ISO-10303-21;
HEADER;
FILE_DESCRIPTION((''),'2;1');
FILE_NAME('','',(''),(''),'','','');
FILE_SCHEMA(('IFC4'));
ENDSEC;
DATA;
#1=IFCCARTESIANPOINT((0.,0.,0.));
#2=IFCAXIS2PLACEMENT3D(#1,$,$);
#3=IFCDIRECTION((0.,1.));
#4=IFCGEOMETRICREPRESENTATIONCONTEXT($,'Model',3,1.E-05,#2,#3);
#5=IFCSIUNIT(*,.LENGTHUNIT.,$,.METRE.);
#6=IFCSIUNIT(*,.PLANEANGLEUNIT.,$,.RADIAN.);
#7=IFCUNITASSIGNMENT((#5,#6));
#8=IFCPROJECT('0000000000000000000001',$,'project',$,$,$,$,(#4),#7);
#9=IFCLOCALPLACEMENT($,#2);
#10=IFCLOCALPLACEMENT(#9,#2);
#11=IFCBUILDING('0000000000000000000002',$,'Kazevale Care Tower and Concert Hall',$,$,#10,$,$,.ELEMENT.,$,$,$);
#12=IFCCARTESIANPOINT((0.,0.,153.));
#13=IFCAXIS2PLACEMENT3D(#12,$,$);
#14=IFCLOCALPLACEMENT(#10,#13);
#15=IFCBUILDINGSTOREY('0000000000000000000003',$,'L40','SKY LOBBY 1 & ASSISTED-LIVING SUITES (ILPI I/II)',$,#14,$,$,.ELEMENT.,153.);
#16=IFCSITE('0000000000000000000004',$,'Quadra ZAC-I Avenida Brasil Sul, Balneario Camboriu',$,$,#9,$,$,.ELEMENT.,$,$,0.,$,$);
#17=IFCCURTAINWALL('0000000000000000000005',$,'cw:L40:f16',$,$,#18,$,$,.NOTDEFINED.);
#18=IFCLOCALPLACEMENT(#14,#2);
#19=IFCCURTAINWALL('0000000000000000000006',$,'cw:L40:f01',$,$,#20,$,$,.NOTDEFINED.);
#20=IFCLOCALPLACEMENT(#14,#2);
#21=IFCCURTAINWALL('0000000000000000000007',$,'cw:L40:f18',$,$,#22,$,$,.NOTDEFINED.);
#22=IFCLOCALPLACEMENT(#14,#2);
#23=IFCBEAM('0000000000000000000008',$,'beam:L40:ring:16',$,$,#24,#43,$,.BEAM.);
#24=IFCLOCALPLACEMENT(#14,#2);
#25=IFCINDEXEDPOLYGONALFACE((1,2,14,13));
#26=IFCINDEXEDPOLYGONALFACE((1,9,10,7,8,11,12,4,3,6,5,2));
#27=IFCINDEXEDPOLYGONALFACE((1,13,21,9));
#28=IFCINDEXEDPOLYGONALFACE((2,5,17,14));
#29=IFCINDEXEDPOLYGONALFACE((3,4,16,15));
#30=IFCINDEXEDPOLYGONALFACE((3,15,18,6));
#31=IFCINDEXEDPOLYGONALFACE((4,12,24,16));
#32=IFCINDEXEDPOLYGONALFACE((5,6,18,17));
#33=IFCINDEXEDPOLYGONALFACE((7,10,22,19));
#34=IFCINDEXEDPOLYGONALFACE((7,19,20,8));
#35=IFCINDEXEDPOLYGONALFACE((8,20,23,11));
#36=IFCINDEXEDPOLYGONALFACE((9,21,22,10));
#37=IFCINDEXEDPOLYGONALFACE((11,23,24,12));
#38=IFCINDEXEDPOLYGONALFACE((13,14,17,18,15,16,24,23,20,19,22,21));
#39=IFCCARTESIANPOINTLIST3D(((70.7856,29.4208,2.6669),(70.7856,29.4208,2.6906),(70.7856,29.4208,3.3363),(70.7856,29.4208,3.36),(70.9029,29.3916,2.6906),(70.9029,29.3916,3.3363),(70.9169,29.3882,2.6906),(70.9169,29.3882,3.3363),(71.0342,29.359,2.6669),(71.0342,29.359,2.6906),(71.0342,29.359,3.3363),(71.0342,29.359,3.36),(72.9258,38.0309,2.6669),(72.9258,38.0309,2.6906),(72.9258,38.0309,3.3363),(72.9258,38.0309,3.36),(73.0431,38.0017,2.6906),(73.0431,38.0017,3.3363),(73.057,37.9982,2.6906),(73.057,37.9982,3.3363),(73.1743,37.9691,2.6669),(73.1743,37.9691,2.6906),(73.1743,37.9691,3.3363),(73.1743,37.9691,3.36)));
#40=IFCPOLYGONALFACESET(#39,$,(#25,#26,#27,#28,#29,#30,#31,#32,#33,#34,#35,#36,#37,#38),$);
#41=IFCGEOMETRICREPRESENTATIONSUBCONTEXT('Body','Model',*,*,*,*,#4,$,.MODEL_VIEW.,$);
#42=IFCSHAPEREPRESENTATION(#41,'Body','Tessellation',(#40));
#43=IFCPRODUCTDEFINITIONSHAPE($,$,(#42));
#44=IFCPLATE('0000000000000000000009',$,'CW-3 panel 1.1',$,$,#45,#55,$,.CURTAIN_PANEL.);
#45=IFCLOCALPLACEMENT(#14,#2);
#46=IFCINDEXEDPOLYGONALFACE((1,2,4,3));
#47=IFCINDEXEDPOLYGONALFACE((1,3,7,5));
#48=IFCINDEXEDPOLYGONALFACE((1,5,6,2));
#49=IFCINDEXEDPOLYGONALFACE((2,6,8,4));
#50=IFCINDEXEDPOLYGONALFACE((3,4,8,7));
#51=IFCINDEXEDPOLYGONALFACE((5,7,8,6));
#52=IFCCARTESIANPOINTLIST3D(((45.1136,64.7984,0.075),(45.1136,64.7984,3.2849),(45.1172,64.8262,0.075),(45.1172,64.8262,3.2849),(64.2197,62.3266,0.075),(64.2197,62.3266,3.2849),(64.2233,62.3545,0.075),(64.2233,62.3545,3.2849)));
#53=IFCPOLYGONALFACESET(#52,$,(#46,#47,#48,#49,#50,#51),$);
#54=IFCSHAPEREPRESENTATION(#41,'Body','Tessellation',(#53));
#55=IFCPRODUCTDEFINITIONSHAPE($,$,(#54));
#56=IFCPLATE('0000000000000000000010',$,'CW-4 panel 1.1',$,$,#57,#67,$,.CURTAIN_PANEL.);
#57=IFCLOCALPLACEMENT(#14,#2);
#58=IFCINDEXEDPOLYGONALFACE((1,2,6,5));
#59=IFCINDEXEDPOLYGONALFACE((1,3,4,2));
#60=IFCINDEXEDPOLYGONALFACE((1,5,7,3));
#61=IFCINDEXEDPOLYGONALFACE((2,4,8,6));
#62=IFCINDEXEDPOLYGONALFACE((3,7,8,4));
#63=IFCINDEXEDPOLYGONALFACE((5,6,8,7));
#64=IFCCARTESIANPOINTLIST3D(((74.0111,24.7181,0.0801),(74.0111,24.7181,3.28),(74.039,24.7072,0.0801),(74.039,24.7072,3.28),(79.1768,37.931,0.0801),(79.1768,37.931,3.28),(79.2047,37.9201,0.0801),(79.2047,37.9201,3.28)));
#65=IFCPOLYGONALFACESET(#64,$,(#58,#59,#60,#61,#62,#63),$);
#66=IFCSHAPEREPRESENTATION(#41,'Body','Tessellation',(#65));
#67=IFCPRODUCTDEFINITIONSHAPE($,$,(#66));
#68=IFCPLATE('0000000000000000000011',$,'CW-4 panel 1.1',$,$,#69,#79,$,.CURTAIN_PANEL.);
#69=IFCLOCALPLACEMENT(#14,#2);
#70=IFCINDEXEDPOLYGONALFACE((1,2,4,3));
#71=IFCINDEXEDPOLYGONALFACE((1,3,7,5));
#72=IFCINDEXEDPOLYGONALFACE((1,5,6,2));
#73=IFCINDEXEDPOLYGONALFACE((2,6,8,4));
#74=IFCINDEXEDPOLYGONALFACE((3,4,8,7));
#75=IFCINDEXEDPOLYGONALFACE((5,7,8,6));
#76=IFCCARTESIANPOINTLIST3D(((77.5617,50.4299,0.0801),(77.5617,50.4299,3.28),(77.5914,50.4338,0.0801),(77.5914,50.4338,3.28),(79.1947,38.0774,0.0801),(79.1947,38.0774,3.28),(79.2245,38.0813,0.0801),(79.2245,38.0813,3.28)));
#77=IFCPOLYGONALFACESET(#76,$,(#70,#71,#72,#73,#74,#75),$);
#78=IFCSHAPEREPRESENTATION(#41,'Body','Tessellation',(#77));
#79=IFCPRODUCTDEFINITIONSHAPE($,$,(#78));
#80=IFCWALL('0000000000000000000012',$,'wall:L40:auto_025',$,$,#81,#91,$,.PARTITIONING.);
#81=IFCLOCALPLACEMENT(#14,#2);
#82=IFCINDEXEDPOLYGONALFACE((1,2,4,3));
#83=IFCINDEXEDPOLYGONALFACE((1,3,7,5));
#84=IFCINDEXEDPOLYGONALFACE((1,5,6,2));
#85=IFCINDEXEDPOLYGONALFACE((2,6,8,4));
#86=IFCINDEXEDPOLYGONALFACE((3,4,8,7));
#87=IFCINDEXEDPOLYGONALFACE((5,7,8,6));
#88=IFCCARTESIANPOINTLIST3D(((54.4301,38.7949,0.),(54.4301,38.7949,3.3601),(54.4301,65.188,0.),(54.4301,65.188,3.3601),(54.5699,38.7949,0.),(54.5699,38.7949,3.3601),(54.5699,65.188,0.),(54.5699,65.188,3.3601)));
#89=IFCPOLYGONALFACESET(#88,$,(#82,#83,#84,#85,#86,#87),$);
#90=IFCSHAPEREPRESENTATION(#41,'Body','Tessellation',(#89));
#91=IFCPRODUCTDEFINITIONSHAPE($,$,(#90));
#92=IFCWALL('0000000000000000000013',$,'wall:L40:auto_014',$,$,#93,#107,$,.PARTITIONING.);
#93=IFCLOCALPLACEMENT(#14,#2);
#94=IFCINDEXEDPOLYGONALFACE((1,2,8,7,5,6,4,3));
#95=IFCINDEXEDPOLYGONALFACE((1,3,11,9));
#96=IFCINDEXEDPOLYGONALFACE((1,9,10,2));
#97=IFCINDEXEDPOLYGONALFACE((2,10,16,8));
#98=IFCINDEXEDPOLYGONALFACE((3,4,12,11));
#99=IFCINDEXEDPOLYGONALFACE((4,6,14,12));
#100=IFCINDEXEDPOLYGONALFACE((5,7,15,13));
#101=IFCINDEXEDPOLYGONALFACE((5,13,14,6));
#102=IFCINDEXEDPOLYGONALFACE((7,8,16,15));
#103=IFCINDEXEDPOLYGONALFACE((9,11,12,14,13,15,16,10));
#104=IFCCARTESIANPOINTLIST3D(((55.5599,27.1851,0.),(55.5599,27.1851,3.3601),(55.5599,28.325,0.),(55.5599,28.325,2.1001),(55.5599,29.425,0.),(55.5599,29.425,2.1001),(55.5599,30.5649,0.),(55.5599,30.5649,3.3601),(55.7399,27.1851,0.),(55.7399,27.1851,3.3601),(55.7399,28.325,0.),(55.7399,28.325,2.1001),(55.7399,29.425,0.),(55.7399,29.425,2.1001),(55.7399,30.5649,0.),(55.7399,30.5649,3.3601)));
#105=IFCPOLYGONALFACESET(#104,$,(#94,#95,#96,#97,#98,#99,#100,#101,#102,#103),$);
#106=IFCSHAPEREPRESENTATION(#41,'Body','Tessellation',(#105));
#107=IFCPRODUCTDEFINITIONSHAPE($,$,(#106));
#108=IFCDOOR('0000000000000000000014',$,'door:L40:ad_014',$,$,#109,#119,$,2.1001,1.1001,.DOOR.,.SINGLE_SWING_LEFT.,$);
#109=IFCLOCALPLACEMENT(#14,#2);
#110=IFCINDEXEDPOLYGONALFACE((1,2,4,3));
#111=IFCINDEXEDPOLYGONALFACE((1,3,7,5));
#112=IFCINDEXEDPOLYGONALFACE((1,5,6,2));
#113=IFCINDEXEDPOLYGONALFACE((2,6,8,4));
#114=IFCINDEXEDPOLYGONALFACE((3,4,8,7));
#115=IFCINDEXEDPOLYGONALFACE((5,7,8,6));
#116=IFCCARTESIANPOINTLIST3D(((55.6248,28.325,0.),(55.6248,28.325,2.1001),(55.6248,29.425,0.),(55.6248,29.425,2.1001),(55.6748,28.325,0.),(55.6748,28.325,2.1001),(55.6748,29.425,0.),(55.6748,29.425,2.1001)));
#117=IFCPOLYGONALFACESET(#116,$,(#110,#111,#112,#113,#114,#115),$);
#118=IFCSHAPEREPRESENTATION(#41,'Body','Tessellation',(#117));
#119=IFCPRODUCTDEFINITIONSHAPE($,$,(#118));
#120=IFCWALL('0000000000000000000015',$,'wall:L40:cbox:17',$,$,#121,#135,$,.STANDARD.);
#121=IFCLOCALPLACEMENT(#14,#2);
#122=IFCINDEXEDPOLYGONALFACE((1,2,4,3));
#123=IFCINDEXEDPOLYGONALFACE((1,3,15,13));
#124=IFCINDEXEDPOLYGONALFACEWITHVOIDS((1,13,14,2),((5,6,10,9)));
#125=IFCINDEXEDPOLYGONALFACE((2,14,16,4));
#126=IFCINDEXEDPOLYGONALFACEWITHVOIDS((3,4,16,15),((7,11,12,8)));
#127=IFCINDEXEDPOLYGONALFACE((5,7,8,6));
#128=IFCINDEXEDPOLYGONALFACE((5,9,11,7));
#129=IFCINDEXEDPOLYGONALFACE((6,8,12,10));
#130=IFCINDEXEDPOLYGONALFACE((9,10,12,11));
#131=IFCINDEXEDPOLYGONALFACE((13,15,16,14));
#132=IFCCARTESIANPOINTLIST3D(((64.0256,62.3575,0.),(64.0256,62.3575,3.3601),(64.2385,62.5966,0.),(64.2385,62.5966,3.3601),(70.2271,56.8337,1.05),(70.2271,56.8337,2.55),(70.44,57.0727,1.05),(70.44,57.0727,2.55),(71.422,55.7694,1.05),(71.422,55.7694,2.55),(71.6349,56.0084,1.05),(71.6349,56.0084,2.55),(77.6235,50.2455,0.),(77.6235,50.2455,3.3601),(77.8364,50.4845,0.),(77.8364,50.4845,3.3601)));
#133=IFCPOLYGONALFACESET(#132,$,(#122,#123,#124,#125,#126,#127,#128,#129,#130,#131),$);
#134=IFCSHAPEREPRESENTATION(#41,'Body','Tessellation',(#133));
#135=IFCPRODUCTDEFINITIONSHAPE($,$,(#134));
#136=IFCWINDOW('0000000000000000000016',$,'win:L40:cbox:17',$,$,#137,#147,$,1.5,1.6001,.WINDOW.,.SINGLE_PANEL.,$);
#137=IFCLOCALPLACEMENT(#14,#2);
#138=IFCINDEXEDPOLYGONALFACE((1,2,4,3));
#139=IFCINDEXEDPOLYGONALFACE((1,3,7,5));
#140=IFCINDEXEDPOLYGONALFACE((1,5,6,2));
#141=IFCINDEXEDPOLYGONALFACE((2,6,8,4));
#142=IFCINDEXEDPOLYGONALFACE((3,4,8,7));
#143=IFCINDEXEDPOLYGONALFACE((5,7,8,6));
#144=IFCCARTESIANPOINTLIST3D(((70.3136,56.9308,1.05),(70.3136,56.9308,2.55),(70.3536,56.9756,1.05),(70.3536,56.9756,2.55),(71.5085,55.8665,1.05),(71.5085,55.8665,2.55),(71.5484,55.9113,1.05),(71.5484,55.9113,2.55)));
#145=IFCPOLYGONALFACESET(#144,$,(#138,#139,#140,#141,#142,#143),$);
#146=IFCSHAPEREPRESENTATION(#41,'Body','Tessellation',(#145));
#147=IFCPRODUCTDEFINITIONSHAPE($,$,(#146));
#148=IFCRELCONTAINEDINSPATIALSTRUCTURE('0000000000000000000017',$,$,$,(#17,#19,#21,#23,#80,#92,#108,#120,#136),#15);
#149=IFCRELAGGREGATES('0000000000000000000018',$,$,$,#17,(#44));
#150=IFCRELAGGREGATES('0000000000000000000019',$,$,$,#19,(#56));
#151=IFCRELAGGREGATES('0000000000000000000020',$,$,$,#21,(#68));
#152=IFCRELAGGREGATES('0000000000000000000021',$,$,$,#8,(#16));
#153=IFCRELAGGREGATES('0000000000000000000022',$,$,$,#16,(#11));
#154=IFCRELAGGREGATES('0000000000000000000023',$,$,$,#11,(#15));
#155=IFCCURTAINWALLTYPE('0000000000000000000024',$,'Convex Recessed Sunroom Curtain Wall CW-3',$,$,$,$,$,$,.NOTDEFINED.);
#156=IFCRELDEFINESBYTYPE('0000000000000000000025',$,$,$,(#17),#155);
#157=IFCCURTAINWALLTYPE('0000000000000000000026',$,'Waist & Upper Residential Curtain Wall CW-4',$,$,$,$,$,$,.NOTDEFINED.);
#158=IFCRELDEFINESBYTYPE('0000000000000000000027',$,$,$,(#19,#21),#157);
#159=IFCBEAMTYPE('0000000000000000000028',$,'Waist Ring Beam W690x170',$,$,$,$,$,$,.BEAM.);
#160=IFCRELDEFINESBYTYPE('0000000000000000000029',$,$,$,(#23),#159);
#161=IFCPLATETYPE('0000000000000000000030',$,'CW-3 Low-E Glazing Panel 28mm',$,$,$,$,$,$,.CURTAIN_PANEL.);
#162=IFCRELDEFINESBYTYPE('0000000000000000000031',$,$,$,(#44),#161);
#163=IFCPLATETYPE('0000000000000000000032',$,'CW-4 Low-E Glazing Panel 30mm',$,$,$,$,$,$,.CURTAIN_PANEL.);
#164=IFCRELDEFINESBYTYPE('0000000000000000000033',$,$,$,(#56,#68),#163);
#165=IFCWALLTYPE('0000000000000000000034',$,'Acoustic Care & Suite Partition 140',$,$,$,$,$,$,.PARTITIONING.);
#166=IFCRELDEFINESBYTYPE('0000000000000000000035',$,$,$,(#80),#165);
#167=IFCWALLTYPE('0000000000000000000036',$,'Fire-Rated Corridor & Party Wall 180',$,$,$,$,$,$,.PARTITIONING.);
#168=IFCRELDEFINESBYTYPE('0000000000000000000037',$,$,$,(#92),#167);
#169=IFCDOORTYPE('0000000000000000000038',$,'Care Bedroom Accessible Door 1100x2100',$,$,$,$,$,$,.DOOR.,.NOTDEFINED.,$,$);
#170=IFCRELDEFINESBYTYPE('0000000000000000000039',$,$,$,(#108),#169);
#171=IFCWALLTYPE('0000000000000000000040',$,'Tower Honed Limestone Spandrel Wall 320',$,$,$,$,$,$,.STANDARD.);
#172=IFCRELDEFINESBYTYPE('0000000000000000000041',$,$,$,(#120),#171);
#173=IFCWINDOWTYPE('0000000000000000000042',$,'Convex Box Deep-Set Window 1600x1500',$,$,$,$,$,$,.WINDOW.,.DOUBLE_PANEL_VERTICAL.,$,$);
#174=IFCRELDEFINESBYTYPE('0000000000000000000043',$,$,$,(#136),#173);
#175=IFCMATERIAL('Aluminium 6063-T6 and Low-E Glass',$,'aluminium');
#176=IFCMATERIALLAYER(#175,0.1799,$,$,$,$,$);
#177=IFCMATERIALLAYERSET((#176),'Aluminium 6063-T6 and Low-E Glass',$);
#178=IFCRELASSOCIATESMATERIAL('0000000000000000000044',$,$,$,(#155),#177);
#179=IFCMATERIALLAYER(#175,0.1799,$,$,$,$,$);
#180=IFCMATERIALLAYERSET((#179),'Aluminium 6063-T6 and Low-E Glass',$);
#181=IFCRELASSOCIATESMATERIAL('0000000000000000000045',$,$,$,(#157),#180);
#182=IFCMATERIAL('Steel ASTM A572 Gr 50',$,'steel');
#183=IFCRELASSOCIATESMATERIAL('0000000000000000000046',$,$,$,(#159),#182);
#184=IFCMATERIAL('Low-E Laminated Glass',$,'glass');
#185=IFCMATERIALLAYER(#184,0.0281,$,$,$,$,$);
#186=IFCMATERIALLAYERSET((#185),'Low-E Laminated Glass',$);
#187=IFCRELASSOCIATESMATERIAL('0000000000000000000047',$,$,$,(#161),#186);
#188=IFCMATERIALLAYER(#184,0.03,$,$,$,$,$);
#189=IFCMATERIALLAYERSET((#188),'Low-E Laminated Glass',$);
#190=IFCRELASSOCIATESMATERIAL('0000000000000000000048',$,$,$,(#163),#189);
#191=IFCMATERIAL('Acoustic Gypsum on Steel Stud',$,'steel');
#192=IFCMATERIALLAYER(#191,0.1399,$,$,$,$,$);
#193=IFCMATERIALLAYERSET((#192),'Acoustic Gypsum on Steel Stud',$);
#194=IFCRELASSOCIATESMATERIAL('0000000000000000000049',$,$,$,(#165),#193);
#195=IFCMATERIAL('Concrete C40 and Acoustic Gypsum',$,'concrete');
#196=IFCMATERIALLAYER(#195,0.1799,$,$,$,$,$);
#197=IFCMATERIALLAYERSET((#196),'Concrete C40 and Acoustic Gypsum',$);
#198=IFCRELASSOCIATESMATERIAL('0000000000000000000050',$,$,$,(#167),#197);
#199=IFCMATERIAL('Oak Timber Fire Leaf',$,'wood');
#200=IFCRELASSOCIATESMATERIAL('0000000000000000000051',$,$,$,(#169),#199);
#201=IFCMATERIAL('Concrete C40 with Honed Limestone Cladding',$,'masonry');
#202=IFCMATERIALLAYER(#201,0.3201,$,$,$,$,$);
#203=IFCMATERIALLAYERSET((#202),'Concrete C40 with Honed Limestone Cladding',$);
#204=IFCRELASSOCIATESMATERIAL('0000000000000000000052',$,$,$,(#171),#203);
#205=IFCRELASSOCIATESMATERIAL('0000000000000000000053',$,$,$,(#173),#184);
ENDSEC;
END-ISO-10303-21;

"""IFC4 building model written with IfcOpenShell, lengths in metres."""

from ifc_helpers import new_model, si_unit, direction, frame, frame_2d, origin, origin_2d, place, context, subcontext, project, spatial, rectangle, i_section, extrude, material, layer, layer_set, material_profile, profile_set, type_object, element, fill, aggregate, save


model = new_model("IFC4")

# Units and contexts
model_context = context("Model", 3, precision=1e-05, world=origin(), true_north=direction((0.0, 1.0)))
body_context = subcontext(model_context, "Body", "Model", "MODEL_VIEW")
ifc_project = project(units=[si_unit("LENGTHUNIT", "METRE"), si_unit("PLANEANGLEUNIT", "RADIAN")], contexts=[model_context])

# Site, building, storey
site_placement = place(None, origin())
site = spatial("IfcSite", under=ifc_project, at=site_placement, Name="Quadra ZAC-I Avenida Brasil Sul, Balneario Camboriu", CompositionType="ELEMENT", RefElevation=0.0)
building_placement = place(site_placement, origin())
building = spatial("IfcBuilding", under=site, at=building_placement, Name="Kazevale Care Tower and Concert Hall", CompositionType="ELEMENT")
storey_placement = place(building_placement, frame((0.0, 0.0, 153.0)))
storey = spatial("IfcBuildingStorey", under=building, at=storey_placement, Name="L40", Description="SKY LOBBY 1 & ASSISTED-LIVING SUITES (ILPI I/II)", CompositionType="ELEMENT", Elevation=153.0)

# Curtain walls
ifc_material_1 = material(Name="Aluminium 6063-T6 and Low-E Glass", Category="aluminium")
ifc_layer_1 = layer(ifc_material_1, 0.1799)
ifc_layer_set_1 = layer_set([ifc_layer_1], Name="Aluminium 6063-T6 and Low-E Glass")
curtain_wall_type_1 = type_object("IfcCurtainWallType", Name="Convex Recessed Sunroom Curtain Wall CW-3", PredefinedType="NOTDEFINED", material=ifc_layer_set_1)
curtain_wall_1_placement = place(storey_placement, origin())
curtain_wall_1 = element("IfcCurtainWall", 1, at=curtain_wall_1_placement, inside=storey, type_object=curtain_wall_type_1, Name="cw:L40:f16", PredefinedType="NOTDEFINED")
ifc_layer_2 = layer(ifc_material_1, 0.1799)
ifc_layer_set_2 = layer_set([ifc_layer_2], Name="Aluminium 6063-T6 and Low-E Glass")
curtain_wall_type_2 = type_object("IfcCurtainWallType", Name="Waist & Upper Residential Curtain Wall CW-4", PredefinedType="NOTDEFINED", material=ifc_layer_set_2)
curtain_wall_2_placement = place(storey_placement, origin())
curtain_wall_2 = element("IfcCurtainWall", 2, at=curtain_wall_2_placement, inside=storey, type_object=curtain_wall_type_2, Name="cw:L40:f01", PredefinedType="NOTDEFINED")

# Curtain wall
curtain_wall_3_placement = place(storey_placement, origin())
curtain_wall_3 = element("IfcCurtainWall", 3, at=curtain_wall_3_placement, inside=storey, type_object=curtain_wall_type_2, Name="cw:L40:f18", PredefinedType="NOTDEFINED")

# Beam
ifc_material_2 = material(Name="Steel ASTM A572 Gr 50", Category="steel")
ifc_material_profile_1 = material_profile(ifc_material_2, i_section(OverallWidth=0.2561, OverallDepth=0.6931, WebThickness=0.0144, FlangeThickness=0.0237, at=origin_2d()), Name="W690x170")
ifc_profile_set_1 = profile_set([ifc_material_profile_1], Name="Steel ASTM A572 Gr 50")
beam_type_1 = type_object("IfcBeamType", Name="Waist Ring Beam W690x170", PredefinedType="BEAM", material=ifc_profile_set_1)
beam_1_placement = place(storey_placement, frame((70.9099, 29.3899, 3.0134), z_axis=(0.241221, 0.97047, 0.0), x_axis=(-0.97047, 0.241221, 0.0)))
element("IfcBeam", 4, at=beam_1_placement, inside=storey, type_object=beam_type_1, Name="beam:L40:ring:16", PredefinedType="BEAM", context=body_context, shape_type="SweptSolid", body=[
    extrude(i_section(OverallWidth=0.2561, OverallDepth=0.6931, WebThickness=0.0144, FlangeThickness=0.0237, at=origin_2d()), origin(), (0.0, 0.0, 1.0), 8.8721),
])

# Plates
ifc_material_3 = material(Name="Low-E Laminated Glass", Category="glass")
ifc_layer_3 = layer(ifc_material_3, 0.0281)
ifc_layer_set_3 = layer_set([ifc_layer_3], Name="Low-E Laminated Glass")
plate_type_1 = type_object("IfcPlateType", Name="CW-3 Low-E Glazing Panel 28mm", PredefinedType="CURTAIN_PANEL", material=ifc_layer_set_3)
plate_1_placement = place(storey_placement, frame((54.6685, 63.5764, 0.075), z_axis=(0.0, 0.0, 1.0), x_axis=(0.991735, -0.1283, 0.0)))
plate_1 = element("IfcPlate", 5, at=plate_1_placement, type_object=plate_type_1, Name="CW-3 panel 1.1", PredefinedType="CURTAIN_PANEL", context=body_context, shape_type="SweptSolid", body=[
    extrude(rectangle(XDim=19.2654, YDim=0.0281, at=origin_2d()), origin(), (0.0, 0.0, 1.0), 3.21),
])
aggregate(curtain_wall_1, [plate_1])
ifc_layer_4 = layer(ifc_material_3, 0.03)
ifc_layer_set_4 = layer_set([ifc_layer_4], Name="Low-E Laminated Glass")
plate_type_2 = type_object("IfcPlateType", Name="CW-4 Low-E Glazing Panel 30mm", PredefinedType="CURTAIN_PANEL", material=ifc_layer_set_4)
plate_2_placement = place(storey_placement, frame((76.6079, 31.3191, 0.0801), z_axis=(0.0, 0.0, 1.0), x_axis=(-0.364121, -0.931352, 0.0)))
plate_2 = element("IfcPlate", 6, at=plate_2_placement, type_object=plate_type_2, Name="CW-4 panel 1.1", PredefinedType="CURTAIN_PANEL", context=body_context, shape_type="SweptSolid", body=[
    extrude(rectangle(XDim=14.1868, YDim=0.03, at=origin_2d()), origin(), (0.0, 0.0, 1.0), 3.2),
])
aggregate(curtain_wall_2, [plate_2])
plate_3_placement = place(storey_placement, frame((78.3931, 44.2556, 0.0801), z_axis=(0.0, 0.0, 1.0), x_axis=(0.131063, -0.991374, 0.0)))
plate_3 = element("IfcPlate", 7, at=plate_3_placement, type_object=plate_type_2, Name="CW-4 panel 1.1", PredefinedType="CURTAIN_PANEL", context=body_context, shape_type="SweptSolid", body=[
    extrude(rectangle(XDim=12.46, YDim=0.03, at=origin_2d()), origin(), (0.0, 0.0, 1.0), 3.2),
])
aggregate(curtain_wall_3, [plate_3])

# Wall
ifc_material_4 = material(Name="Acoustic Gypsum on Steel Stud", Category="steel")
ifc_layer_5 = layer(ifc_material_4, 0.1399)
ifc_layer_set_5 = layer_set([ifc_layer_5], Name="Acoustic Gypsum on Steel Stud")
wall_type_1 = type_object("IfcWallType", Name="Acoustic Care & Suite Partition 140", PredefinedType="PARTITIONING", material=ifc_layer_set_5)
wall_1_placement = place(storey_placement, frame((54.5, 65.188, 0.0), z_axis=(0.0, 0.0, 1.0), x_axis=(0.0, -1.0, 0.0)))
element("IfcWall", 8, at=wall_1_placement, inside=storey, type_object=wall_type_1, Name="wall:L40:auto_025", PredefinedType="PARTITIONING", context=body_context, shape_type="SweptSolid", body=[
    extrude(rectangle(XDim=26.3931, YDim=0.1399, at=frame_2d((13.1965, 0.0))), origin(), (0.0, 0.0, 1.0), 3.3601),
])

# Wall, opening, door
ifc_material_5 = material(Name="Concrete C40 and Acoustic Gypsum", Category="concrete")
ifc_layer_6 = layer(ifc_material_5, 0.1799)
ifc_layer_set_6 = layer_set([ifc_layer_6], Name="Concrete C40 and Acoustic Gypsum")
wall_type_2 = type_object("IfcWallType", Name="Fire-Rated Corridor & Party Wall 180", PredefinedType="PARTITIONING", material=ifc_layer_set_6)
wall_2_placement = place(storey_placement, frame((55.6499, 30.5649, 0.0), z_axis=(0.0, 0.0, 1.0), x_axis=(0.0, -1.0, 0.0)))
wall_2 = element("IfcWall", 9, at=wall_2_placement, inside=storey, type_object=wall_type_2, Name="wall:L40:auto_014", PredefinedType="PARTITIONING", context=body_context, shape_type="SweptSolid", body=[
    extrude(rectangle(XDim=3.3799, YDim=0.1799, at=frame_2d((1.6899, 0.0))), origin(), (0.0, 0.0, 1.0), 3.3601),
])
opening_1_placement = place(wall_2_placement, frame((1.1399, 0.0, 0.0)))
opening_1 = element("IfcOpeningElement", 10, at=opening_1_placement, cuts=wall_2, PredefinedType="OPENING", context=body_context, shape_type="SweptSolid", body=[
    extrude(rectangle(XDim=1.1001, YDim=2.1001, at=frame_2d((0.55, 1.05))), frame((0.0, 0.0999, 0.0), z_axis=(0.0, -1.0, 0.0), x_axis=(1.0, 0.0, 0.0)), (0.0, 0.0, 1.0), 0.2),
])
ifc_material_6 = material(Name="Oak Timber Fire Leaf", Category="wood")
door_type = type_object("IfcDoorType", Name="Care Bedroom Accessible Door 1100x2100", OperationType="NOTDEFINED", PredefinedType="DOOR", material=ifc_material_6)
door_placement = place(opening_1_placement, origin())
door = element("IfcDoor", 11, at=door_placement, inside=storey, type_object=door_type, Name="door:L40:ad_014", OperationType="SINGLE_SWING_LEFT", OverallHeight=2.1001, OverallWidth=1.1001, PredefinedType="DOOR", context=body_context, shape_type="SweptSolid", body=[
    extrude(rectangle(XDim=1.1001, YDim=2.1001, at=frame_2d((0.55, 1.05))), frame((0.0, 0.0249, 0.0), z_axis=(0.0, -1.0, 0.0), x_axis=(1.0, 0.0, 0.0)), (0.0, 0.0, 1.0), 0.05),
])
fill(opening_1, door)

# Wall, opening, window
ifc_material_7 = material(Name="Concrete C40 with Honed Limestone Cladding", Category="masonry")
ifc_layer_7 = layer(ifc_material_7, 0.3201)
ifc_layer_set_7 = layer_set([ifc_layer_7], Name="Concrete C40 with Honed Limestone Cladding")
wall_type_3 = type_object("IfcWallType", Name="Tower Honed Limestone Spandrel Wall 320", PredefinedType="STANDARD", material=ifc_layer_set_7)
wall_3_placement = place(storey_placement, frame((64.1321, 62.4771, 0.0), z_axis=(0.0, 0.0, 1.0), x_axis=(0.746726, -0.665132, 0.0)))
wall_3 = element("IfcWall", 12, at=wall_3_placement, inside=storey, type_object=wall_type_3, Name="wall:L40:cbox:17", PredefinedType="STANDARD", context=body_context, shape_type="SweptSolid", body=[
    extrude(rectangle(XDim=18.21, YDim=0.3201, at=frame_2d((9.105, 0.0))), origin(), (0.0, 0.0, 1.0), 3.3601),
])
opening_2_placement = place(wall_3_placement, frame((8.3049, 0.0, 1.05)))
opening_2 = element("IfcOpeningElement", 13, at=opening_2_placement, cuts=wall_3, PredefinedType="OPENING", context=body_context, shape_type="SweptSolid", body=[
    extrude(rectangle(XDim=1.6001, YDim=1.5, at=frame_2d((0.8, 0.75))), frame((0.0, 0.1699, 0.0), z_axis=(0.0, -1.0, 0.0), x_axis=(1.0, 0.0, 0.0)), (0.0, 0.0, 1.0), 0.3401),
])
window_type = type_object("IfcWindowType", Name="Convex Box Deep-Set Window 1600x1500", PartitioningType="DOUBLE_PANEL_VERTICAL", PredefinedType="WINDOW", material=ifc_material_3)
window_placement = place(opening_2_placement, origin())
window = element("IfcWindow", 14, at=window_placement, inside=storey, type_object=window_type, Name="win:L40:cbox:17", OverallHeight=1.5, OverallWidth=1.6001, PartitioningType="SINGLE_PANEL", PredefinedType="WINDOW", context=body_context, shape_type="SweptSolid", body=[
    extrude(rectangle(XDim=1.6001, YDim=1.5, at=frame_2d((0.8, 0.75))), frame((0.0, 0.03, 0.0), z_axis=(0.0, -1.0, 0.0), x_axis=(1.0, 0.0, 0.0)), (0.0, 0.0, 1.0), 0.0601),
])
fill(opening_2, window)

save(model, "model.ifc")
